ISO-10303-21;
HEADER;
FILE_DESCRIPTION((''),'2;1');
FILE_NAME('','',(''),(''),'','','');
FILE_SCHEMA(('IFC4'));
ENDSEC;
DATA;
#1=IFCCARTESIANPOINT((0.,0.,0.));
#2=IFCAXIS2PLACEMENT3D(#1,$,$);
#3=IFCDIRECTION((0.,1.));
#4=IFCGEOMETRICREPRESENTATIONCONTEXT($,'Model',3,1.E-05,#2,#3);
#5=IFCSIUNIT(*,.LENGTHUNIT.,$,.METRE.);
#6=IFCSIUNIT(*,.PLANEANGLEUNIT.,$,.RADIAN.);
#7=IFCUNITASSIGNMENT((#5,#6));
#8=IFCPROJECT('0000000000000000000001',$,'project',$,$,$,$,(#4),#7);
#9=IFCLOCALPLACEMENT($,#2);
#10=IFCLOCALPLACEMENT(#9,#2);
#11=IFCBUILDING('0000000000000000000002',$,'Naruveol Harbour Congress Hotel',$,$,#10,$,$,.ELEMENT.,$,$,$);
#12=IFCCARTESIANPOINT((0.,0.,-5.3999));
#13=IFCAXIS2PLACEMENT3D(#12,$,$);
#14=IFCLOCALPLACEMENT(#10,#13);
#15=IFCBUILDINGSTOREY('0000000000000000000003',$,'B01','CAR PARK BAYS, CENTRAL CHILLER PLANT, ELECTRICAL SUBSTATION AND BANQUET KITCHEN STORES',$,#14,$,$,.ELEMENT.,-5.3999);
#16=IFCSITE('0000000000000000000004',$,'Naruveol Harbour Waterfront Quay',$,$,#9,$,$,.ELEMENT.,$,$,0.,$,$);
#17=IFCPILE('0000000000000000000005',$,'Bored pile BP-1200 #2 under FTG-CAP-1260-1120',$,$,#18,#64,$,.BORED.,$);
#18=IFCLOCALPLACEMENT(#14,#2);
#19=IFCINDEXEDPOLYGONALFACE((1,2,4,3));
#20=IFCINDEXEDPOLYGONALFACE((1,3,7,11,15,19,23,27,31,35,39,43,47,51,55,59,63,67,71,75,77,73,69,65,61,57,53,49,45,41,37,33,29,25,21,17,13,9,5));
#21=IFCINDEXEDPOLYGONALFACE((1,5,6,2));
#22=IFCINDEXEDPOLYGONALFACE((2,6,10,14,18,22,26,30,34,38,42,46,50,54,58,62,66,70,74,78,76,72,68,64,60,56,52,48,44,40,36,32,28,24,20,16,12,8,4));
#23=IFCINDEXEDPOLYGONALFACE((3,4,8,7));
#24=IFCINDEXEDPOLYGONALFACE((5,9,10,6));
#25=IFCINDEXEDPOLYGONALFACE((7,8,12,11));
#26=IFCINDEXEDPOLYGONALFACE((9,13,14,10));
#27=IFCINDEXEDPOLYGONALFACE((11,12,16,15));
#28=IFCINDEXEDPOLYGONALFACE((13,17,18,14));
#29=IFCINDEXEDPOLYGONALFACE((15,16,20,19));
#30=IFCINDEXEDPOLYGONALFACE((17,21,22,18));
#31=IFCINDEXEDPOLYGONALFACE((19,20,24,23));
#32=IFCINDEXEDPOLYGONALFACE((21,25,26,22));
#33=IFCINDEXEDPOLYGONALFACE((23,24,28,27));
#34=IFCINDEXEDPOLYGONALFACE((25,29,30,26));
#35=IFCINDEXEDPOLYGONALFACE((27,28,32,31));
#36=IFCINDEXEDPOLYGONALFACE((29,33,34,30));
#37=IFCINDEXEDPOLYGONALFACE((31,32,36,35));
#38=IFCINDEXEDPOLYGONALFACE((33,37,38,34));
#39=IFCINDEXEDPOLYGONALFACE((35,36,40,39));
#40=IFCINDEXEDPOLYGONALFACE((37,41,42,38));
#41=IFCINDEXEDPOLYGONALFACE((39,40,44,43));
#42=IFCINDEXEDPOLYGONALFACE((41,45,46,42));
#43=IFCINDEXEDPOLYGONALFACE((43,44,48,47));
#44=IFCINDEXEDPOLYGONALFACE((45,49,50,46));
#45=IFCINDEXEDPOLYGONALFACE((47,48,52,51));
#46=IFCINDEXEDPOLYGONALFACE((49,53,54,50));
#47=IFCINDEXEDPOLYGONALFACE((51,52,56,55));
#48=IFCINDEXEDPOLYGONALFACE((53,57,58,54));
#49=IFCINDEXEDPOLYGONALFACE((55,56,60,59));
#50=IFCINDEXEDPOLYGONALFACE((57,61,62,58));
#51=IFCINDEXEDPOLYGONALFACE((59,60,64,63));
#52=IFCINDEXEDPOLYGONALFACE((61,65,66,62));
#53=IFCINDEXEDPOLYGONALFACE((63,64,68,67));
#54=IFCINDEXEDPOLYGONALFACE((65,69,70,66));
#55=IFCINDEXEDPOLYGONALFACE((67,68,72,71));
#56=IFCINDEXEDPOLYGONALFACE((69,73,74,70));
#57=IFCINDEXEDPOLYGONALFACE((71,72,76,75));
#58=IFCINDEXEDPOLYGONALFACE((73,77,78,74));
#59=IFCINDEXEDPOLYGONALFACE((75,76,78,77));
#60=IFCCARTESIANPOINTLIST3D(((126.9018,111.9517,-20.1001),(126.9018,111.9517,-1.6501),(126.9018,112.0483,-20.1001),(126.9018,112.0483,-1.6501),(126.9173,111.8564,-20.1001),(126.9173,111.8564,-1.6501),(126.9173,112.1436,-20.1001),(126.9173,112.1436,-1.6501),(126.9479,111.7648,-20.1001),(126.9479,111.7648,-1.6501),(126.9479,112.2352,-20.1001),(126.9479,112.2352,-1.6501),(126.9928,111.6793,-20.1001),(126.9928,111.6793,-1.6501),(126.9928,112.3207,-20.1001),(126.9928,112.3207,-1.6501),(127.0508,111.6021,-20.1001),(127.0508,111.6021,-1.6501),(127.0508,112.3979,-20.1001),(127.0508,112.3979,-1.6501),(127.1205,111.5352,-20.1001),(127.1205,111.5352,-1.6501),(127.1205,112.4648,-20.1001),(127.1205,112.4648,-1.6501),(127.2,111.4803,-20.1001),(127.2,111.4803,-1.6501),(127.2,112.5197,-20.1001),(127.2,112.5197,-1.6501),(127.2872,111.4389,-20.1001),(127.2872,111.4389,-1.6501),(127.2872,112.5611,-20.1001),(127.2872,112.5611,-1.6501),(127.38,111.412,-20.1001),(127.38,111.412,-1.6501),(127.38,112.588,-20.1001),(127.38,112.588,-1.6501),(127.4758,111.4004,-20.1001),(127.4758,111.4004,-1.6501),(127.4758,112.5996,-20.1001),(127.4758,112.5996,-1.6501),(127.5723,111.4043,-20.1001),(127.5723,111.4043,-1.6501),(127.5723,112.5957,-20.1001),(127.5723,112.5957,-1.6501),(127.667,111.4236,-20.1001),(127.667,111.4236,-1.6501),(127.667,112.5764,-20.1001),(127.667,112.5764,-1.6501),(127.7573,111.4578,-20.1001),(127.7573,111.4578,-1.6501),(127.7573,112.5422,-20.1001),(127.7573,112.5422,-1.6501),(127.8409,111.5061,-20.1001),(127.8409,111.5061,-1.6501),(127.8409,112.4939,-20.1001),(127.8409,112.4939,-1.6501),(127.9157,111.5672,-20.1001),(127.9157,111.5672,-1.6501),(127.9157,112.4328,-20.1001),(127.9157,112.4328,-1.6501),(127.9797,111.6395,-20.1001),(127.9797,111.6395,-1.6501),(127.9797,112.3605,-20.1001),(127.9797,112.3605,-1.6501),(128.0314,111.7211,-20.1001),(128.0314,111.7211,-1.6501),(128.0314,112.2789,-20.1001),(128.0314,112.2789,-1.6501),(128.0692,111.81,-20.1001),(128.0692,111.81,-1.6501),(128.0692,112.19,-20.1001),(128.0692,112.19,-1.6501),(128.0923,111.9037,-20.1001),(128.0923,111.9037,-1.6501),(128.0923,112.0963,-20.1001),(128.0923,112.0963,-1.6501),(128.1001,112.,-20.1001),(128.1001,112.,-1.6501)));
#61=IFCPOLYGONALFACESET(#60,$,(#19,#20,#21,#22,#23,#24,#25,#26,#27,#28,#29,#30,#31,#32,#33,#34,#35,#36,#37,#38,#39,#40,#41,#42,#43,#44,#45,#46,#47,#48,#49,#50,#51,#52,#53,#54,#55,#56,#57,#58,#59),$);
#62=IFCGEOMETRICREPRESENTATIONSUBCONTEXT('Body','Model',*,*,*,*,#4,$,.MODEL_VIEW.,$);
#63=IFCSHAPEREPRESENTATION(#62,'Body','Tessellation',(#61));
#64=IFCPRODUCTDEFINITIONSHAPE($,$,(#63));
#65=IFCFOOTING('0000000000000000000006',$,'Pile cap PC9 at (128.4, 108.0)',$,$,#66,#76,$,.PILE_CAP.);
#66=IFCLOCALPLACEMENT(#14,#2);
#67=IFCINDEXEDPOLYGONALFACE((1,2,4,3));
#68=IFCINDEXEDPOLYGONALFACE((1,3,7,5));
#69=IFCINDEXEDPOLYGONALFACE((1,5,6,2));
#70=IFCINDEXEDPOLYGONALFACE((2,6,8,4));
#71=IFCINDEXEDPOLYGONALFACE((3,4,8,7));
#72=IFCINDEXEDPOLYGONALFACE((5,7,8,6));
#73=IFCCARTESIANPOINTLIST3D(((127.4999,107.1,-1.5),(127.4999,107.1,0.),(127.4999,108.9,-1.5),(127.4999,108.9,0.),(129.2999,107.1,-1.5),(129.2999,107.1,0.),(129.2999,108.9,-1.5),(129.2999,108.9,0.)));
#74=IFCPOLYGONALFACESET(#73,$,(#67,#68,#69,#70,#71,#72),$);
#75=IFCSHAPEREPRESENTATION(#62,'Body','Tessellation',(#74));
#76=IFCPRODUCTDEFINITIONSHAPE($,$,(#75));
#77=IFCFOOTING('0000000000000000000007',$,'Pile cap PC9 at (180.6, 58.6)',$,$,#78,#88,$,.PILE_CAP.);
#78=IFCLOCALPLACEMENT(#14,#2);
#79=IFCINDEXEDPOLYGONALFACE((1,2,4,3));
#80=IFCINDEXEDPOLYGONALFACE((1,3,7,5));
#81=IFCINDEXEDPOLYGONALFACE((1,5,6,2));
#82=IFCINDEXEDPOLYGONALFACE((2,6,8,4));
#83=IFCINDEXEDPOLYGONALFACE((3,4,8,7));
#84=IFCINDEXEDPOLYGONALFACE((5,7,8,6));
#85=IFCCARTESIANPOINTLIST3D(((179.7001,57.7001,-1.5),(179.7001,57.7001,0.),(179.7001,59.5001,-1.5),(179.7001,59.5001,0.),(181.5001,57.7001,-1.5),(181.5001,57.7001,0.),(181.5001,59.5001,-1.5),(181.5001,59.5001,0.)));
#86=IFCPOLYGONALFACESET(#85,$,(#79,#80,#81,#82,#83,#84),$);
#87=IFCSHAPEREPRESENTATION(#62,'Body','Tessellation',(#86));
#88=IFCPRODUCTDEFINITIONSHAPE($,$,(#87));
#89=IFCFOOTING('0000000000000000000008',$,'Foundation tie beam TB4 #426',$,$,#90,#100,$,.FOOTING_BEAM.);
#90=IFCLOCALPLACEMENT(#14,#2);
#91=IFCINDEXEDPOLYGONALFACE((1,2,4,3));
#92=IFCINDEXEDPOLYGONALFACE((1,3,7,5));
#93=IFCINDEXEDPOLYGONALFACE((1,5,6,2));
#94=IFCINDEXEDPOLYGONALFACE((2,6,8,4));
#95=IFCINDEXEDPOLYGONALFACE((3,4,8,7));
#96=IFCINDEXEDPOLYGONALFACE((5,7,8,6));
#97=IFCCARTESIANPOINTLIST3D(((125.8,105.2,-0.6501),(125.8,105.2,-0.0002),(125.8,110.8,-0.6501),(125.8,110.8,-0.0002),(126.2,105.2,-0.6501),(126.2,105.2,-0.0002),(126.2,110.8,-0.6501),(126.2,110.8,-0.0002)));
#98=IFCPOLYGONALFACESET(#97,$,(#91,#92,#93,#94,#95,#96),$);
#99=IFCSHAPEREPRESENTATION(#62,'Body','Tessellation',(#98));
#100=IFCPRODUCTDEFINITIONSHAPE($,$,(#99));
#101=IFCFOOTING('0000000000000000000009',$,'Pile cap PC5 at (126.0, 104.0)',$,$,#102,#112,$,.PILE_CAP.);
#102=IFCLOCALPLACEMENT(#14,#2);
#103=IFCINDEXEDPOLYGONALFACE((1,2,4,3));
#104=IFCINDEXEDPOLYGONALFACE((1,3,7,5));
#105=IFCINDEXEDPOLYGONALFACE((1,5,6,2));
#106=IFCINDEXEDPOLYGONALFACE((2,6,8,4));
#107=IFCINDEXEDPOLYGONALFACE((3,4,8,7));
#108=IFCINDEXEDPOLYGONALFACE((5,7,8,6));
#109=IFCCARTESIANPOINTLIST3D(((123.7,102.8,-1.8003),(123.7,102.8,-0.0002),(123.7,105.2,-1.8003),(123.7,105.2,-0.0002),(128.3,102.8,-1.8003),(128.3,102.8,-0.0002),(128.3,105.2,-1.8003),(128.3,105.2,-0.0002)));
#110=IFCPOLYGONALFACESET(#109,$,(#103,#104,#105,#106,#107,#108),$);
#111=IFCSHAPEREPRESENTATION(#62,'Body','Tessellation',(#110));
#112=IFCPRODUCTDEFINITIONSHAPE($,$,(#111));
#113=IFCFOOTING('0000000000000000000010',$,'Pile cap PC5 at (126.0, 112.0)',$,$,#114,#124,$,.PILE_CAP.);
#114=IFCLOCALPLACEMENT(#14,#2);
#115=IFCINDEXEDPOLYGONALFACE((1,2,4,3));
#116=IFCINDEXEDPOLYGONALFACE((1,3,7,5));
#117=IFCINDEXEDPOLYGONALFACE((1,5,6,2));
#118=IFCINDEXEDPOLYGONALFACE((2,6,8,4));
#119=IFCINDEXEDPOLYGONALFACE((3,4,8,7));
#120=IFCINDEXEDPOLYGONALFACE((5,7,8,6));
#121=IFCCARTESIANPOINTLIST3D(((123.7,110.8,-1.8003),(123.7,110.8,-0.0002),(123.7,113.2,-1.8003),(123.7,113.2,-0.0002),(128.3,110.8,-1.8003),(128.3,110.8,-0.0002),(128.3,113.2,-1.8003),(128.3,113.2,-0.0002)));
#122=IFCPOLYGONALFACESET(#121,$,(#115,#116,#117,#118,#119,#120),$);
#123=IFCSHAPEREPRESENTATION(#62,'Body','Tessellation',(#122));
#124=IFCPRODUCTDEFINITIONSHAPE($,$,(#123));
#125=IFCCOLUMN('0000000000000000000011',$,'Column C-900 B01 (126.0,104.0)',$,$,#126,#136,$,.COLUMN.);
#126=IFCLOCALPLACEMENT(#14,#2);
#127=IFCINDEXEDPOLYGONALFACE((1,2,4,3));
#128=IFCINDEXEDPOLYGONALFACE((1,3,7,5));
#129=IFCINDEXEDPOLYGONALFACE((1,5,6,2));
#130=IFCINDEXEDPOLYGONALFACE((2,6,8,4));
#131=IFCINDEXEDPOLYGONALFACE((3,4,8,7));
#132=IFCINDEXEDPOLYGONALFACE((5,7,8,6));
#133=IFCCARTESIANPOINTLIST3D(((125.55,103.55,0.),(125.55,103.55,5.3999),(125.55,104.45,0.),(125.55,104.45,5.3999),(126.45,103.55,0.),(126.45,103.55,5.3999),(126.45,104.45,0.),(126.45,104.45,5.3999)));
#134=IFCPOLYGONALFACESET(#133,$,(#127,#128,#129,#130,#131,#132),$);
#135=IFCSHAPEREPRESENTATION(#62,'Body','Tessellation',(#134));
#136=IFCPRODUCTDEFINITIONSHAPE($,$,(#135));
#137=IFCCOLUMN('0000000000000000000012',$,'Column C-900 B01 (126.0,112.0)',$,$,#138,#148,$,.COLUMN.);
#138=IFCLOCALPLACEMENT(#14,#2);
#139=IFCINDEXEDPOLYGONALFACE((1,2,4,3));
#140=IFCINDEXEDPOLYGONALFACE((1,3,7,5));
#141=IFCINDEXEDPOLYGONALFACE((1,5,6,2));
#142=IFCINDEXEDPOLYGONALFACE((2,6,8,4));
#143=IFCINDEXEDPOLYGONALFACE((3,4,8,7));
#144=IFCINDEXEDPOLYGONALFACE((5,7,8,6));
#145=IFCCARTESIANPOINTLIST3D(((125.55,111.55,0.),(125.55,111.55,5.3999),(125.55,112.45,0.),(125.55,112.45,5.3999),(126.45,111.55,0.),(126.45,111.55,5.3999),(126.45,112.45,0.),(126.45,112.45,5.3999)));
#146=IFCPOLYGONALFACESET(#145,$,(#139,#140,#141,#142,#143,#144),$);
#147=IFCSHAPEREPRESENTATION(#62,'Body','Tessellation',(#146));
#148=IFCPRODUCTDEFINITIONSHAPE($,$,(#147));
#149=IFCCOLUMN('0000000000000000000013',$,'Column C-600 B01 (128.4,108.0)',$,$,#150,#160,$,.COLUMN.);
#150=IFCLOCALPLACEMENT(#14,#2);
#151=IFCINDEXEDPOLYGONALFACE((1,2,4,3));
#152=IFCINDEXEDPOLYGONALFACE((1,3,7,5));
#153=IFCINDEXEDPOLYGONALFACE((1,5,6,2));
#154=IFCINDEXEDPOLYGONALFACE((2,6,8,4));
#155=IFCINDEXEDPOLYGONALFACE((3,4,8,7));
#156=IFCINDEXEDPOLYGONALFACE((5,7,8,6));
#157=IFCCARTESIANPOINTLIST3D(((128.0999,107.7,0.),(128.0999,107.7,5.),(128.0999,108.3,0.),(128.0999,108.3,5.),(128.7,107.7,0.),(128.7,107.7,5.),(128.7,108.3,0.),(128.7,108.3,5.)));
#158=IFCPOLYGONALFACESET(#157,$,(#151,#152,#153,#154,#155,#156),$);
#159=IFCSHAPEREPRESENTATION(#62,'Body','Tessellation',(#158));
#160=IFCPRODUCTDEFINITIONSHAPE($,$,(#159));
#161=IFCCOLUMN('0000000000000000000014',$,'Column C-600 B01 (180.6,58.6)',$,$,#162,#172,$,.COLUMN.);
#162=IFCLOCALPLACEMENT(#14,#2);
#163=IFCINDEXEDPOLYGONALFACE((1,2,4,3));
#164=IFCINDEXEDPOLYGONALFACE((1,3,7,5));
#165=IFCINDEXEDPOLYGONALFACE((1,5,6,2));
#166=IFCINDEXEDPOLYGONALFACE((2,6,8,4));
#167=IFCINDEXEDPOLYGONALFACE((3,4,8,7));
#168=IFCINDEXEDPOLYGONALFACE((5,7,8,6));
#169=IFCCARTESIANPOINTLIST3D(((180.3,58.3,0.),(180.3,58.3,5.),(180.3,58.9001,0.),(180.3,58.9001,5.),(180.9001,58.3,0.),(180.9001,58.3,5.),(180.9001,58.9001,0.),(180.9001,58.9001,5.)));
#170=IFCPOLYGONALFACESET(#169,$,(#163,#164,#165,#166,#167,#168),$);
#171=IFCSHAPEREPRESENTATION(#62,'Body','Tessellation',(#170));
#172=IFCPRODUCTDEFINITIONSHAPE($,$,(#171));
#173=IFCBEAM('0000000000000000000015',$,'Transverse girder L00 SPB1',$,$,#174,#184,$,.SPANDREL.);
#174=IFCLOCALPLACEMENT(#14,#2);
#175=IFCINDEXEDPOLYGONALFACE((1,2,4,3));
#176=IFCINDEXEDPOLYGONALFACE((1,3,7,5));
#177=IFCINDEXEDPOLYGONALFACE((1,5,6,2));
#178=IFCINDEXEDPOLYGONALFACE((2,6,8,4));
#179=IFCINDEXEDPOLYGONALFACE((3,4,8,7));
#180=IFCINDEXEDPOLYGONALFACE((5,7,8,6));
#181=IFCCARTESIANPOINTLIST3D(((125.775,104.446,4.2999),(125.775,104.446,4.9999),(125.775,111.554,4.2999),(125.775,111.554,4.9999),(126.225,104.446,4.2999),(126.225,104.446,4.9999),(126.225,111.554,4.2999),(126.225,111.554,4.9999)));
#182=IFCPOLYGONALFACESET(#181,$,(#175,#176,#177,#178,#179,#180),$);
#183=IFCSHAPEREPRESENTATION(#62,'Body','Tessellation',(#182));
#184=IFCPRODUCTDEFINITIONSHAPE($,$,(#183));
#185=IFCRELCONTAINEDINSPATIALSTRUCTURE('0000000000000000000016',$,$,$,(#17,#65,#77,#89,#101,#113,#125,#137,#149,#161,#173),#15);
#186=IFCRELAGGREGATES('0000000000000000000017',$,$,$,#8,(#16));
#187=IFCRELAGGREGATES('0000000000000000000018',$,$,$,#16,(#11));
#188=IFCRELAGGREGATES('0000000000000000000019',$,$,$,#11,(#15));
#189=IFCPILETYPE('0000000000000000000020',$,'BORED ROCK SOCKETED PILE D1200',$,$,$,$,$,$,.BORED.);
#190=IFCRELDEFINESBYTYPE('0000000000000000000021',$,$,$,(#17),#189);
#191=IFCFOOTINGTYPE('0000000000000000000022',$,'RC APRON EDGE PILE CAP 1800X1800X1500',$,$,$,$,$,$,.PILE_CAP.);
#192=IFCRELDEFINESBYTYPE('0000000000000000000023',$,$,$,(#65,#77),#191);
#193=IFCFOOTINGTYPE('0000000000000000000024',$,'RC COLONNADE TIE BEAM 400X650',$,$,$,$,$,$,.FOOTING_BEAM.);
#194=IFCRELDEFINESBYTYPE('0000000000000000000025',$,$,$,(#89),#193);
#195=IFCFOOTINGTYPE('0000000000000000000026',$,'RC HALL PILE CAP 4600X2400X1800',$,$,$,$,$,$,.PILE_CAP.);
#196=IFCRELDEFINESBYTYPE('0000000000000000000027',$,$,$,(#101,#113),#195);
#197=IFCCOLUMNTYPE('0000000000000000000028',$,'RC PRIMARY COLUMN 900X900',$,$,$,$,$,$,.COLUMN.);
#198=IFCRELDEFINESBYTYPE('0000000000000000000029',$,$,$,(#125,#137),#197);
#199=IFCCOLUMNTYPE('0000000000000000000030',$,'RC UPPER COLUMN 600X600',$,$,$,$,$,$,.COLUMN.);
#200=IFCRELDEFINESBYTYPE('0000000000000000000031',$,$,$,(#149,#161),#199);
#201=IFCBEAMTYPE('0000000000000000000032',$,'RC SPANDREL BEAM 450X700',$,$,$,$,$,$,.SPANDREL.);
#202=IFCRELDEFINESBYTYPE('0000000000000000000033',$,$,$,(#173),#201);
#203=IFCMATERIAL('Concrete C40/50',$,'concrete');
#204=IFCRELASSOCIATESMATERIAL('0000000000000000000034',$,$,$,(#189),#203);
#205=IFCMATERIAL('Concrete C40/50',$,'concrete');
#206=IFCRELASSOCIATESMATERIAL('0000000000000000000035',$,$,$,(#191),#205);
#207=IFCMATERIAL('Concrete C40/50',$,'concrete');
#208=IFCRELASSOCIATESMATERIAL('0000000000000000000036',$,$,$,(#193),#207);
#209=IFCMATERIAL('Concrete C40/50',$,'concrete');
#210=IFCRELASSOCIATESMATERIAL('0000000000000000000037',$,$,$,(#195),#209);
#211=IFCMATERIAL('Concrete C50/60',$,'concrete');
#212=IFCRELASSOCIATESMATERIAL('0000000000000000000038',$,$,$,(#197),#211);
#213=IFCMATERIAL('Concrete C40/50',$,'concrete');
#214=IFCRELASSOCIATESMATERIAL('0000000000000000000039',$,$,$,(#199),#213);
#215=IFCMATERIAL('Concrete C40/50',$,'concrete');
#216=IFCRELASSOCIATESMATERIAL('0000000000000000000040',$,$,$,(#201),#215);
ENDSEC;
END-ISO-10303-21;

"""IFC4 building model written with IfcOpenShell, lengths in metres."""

from ifc_helpers import new_model, si_unit, direction, frame, origin, origin_2d, place, context, subcontext, project, spatial, rectangle, circle, extrude, material, material_profile, profile_set, type_object, element, save


model = new_model("IFC4")

# Units and contexts
model_context = context("Model", 3, precision=1e-05, world=origin(), true_north=direction((0.0, 1.0)))
body_context = subcontext(model_context, "Body", "Model", "MODEL_VIEW")
ifc_project = project(units=[si_unit("LENGTHUNIT", "METRE"), si_unit("PLANEANGLEUNIT", "RADIAN")], contexts=[model_context])

# Site, building, storey
site_placement = place(None, origin())
site = spatial("IfcSite", under=ifc_project, at=site_placement, Name="Naruveol Harbour Waterfront Quay", CompositionType="ELEMENT", RefElevation=0.0)
building_placement = place(site_placement, origin())
building = spatial("IfcBuilding", under=site, at=building_placement, Name="Naruveol Harbour Congress Hotel", CompositionType="ELEMENT")
storey_placement = place(building_placement, frame((0.0, 0.0, -5.3999)))
storey = spatial("IfcBuildingStorey", under=building, at=storey_placement, Name="B01", Description="CAR PARK BAYS, CENTRAL CHILLER PLANT, ELECTRICAL SUBSTATION AND BANQUET KITCHEN STORES", CompositionType="ELEMENT", Elevation=-5.3999)

# Pile
ifc_material_1 = material(Name="Concrete C40/50", Category="concrete")
ifc_material_profile_1 = material_profile(ifc_material_1, circle(Radius=0.6001, at=origin_2d()), Name="BP-1200")
ifc_profile_set_1 = profile_set([ifc_material_profile_1], Name="Concrete C40/50")
pile_type_1 = type_object("IfcPileType", Name="BORED ROCK SOCKETED PILE D1200", PredefinedType="BORED", material=ifc_profile_set_1)
for number, where, z_axis, x_axis, name in (
    (1, (127.5, 112.0, -1.6501), (0.0, 0.0, -1.0), (1.0, 0.0, 0.0), "Bored pile BP-1200 #2 under FTG-CAP-1260-1120"),
):
    element("IfcPile", number, at=place(storey_placement, frame(where, z_axis=z_axis, x_axis=x_axis)), inside=storey, type_object=pile_type_1, Name=name, PredefinedType="BORED", context=body_context, shape_type="SweptSolid", body=[
        extrude(circle(Radius=0.6001, at=origin_2d()), origin(), (0.0, 0.0, 1.0), 18.45),
    ])

# Footings
ifc_material_2 = material(Name="Concrete C40/50", Category="concrete")
footing_type_1 = type_object("IfcFootingType", Name="RC APRON EDGE PILE CAP 1800X1800X1500", PredefinedType="PILE_CAP", material=ifc_material_2)
for number, where, z_axis, x_axis, name in (
    (2, (128.3999, 108.0, -1.5), (0.0, 0.0, 1.0), (1.0, 0.0, 0.0), "Pile cap PC9 at (128.4, 108.0)"),
    (3, (180.6001, 58.6001, -1.5), (0.0, 0.0, 1.0), (1.0, 0.0, 0.0), "Pile cap PC9 at (180.6, 58.6)"),
):
    element("IfcFooting", number, at=place(storey_placement, frame(where, z_axis=z_axis, x_axis=x_axis)), inside=storey, type_object=footing_type_1, Name=name, PredefinedType="PILE_CAP", context=body_context, shape_type="SweptSolid", body=[
        extrude(rectangle(XDim=1.8, YDim=1.8, at=origin_2d()), origin(), (0.0, 0.0, 1.0), 1.5),
    ])
ifc_material_3 = material(Name="Concrete C40/50", Category="concrete")
ifc_material_profile_2 = material_profile(ifc_material_3, rectangle(XDim=0.3999, YDim=0.6499, at=origin_2d()), Name="RCB-400x650")
ifc_profile_set_2 = profile_set([ifc_material_profile_2], Name="Concrete C40/50")
footing_type_2 = type_object("IfcFootingType", Name="RC COLONNADE TIE BEAM 400X650", PredefinedType="FOOTING_BEAM", material=ifc_profile_set_2)
footing_placement = place(storey_placement, frame((126.0, 105.2, -0.3252), z_axis=(0.0, 1.0, 0.0), x_axis=(-1.0, 0.0, 0.0)))
element("IfcFooting", 4, at=footing_placement, inside=storey, type_object=footing_type_2, Name="Foundation tie beam TB4 #426", PredefinedType="FOOTING_BEAM", context=body_context, shape_type="SweptSolid", body=[
    extrude(rectangle(XDim=0.3999, YDim=0.6499, at=origin_2d()), origin(), (0.0, 0.0, 1.0), 5.6001),
])
ifc_material_4 = material(Name="Concrete C40/50", Category="concrete")
footing_type_3 = type_object("IfcFootingType", Name="RC HALL PILE CAP 4600X2400X1800", PredefinedType="PILE_CAP", material=ifc_material_4)
for number, where, z_axis, x_axis, name in (
    (5, (126.0, 104.0, -1.8003), (0.0, 0.0, 1.0), (1.0, 0.0, 0.0), "Pile cap PC5 at (126.0, 104.0)"),
    (6, (126.0, 112.0, -1.8003), (0.0, 0.0, 1.0), (1.0, 0.0, 0.0), "Pile cap PC5 at (126.0, 112.0)"),
):
    element("IfcFooting", number, at=place(storey_placement, frame(where, z_axis=z_axis, x_axis=x_axis)), inside=storey, type_object=footing_type_3, Name=name, PredefinedType="PILE_CAP", context=body_context, shape_type="SweptSolid", body=[
        extrude(rectangle(XDim=4.6001, YDim=2.3999, at=origin_2d()), origin(), (0.0, 0.0, 1.0), 1.8),
    ])

# Columns
ifc_material_5 = material(Name="Concrete C50/60", Category="concrete")
ifc_material_profile_3 = material_profile(ifc_material_5, rectangle(XDim=0.8999, YDim=0.8999, at=origin_2d()), Name="RC-900x900")
ifc_profile_set_3 = profile_set([ifc_material_profile_3], Name="Concrete C50/60")
column_type_1 = type_object("IfcColumnType", Name="RC PRIMARY COLUMN 900X900", PredefinedType="COLUMN", material=ifc_profile_set_3)
for number, where, z_axis, x_axis, name in (
    (7, (126.0, 104.0, 0.0), (0.0, 0.0, 1.0), (1.0, 0.0, 0.0), "Column C-900 B01 (126.0,104.0)"),
    (8, (126.0, 112.0, 0.0), (0.0, 0.0, 1.0), (1.0, 0.0, 0.0), "Column C-900 B01 (126.0,112.0)"),
):
    element("IfcColumn", number, at=place(storey_placement, frame(where, z_axis=z_axis, x_axis=x_axis)), inside=storey, type_object=column_type_1, Name=name, PredefinedType="COLUMN", context=body_context, shape_type="SweptSolid", body=[
        extrude(rectangle(XDim=0.8999, YDim=0.8999, at=origin_2d()), origin(), (0.0, 0.0, 1.0), 5.3999),
    ])
ifc_material_6 = material(Name="Concrete C40/50", Category="concrete")
ifc_material_profile_4 = material_profile(ifc_material_6, rectangle(XDim=0.6001, YDim=0.6001, at=origin_2d()), Name="RC-600x600")
ifc_profile_set_4 = profile_set([ifc_material_profile_4], Name="Concrete C40/50")
column_type_2 = type_object("IfcColumnType", Name="RC UPPER COLUMN 600X600", PredefinedType="COLUMN", material=ifc_profile_set_4)
for number, where, z_axis, x_axis, name in (
    (9, (128.3999, 108.0, 0.0), (0.0, 0.0, 1.0), (1.0, 0.0, 0.0), "Column C-600 B01 (128.4,108.0)"),
    (10, (180.6001, 58.6001, 0.0), (0.0, 0.0, 1.0), (1.0, 0.0, 0.0), "Column C-600 B01 (180.6,58.6)"),
):
    element("IfcColumn", number, at=place(storey_placement, frame(where, z_axis=z_axis, x_axis=x_axis)), inside=storey, type_object=column_type_2, Name=name, PredefinedType="COLUMN", context=body_context, shape_type="SweptSolid", body=[
        extrude(rectangle(XDim=0.6001, YDim=0.6001, at=origin_2d()), origin(), (0.0, 0.0, 1.0), 5.0),
    ])

# Beam
ifc_material_7 = material(Name="Concrete C40/50", Category="concrete")
ifc_material_profile_5 = material_profile(ifc_material_7, rectangle(XDim=0.45, YDim=0.7, at=origin_2d()), Name="RCB-450x700")
ifc_profile_set_5 = profile_set([ifc_material_profile_5], Name="Concrete C40/50")
beam_type = type_object("IfcBeamType", Name="RC SPANDREL BEAM 450X700", PredefinedType="SPANDREL", material=ifc_profile_set_5)
beam_placement = place(storey_placement, frame((126.0, 104.446, 4.6499), z_axis=(0.0, 1.0, 0.0), x_axis=(-1.0, 0.0, 0.0)))
element("IfcBeam", 11, at=beam_placement, inside=storey, type_object=beam_type, Name="Transverse girder L00 SPB1", PredefinedType="SPANDREL", context=body_context, shape_type="SweptSolid", body=[
    extrude(rectangle(XDim=0.45, YDim=0.7, at=origin_2d()), origin(), (0.0, 0.0, 1.0), 7.1079),
])

save(model, "model.ifc")
